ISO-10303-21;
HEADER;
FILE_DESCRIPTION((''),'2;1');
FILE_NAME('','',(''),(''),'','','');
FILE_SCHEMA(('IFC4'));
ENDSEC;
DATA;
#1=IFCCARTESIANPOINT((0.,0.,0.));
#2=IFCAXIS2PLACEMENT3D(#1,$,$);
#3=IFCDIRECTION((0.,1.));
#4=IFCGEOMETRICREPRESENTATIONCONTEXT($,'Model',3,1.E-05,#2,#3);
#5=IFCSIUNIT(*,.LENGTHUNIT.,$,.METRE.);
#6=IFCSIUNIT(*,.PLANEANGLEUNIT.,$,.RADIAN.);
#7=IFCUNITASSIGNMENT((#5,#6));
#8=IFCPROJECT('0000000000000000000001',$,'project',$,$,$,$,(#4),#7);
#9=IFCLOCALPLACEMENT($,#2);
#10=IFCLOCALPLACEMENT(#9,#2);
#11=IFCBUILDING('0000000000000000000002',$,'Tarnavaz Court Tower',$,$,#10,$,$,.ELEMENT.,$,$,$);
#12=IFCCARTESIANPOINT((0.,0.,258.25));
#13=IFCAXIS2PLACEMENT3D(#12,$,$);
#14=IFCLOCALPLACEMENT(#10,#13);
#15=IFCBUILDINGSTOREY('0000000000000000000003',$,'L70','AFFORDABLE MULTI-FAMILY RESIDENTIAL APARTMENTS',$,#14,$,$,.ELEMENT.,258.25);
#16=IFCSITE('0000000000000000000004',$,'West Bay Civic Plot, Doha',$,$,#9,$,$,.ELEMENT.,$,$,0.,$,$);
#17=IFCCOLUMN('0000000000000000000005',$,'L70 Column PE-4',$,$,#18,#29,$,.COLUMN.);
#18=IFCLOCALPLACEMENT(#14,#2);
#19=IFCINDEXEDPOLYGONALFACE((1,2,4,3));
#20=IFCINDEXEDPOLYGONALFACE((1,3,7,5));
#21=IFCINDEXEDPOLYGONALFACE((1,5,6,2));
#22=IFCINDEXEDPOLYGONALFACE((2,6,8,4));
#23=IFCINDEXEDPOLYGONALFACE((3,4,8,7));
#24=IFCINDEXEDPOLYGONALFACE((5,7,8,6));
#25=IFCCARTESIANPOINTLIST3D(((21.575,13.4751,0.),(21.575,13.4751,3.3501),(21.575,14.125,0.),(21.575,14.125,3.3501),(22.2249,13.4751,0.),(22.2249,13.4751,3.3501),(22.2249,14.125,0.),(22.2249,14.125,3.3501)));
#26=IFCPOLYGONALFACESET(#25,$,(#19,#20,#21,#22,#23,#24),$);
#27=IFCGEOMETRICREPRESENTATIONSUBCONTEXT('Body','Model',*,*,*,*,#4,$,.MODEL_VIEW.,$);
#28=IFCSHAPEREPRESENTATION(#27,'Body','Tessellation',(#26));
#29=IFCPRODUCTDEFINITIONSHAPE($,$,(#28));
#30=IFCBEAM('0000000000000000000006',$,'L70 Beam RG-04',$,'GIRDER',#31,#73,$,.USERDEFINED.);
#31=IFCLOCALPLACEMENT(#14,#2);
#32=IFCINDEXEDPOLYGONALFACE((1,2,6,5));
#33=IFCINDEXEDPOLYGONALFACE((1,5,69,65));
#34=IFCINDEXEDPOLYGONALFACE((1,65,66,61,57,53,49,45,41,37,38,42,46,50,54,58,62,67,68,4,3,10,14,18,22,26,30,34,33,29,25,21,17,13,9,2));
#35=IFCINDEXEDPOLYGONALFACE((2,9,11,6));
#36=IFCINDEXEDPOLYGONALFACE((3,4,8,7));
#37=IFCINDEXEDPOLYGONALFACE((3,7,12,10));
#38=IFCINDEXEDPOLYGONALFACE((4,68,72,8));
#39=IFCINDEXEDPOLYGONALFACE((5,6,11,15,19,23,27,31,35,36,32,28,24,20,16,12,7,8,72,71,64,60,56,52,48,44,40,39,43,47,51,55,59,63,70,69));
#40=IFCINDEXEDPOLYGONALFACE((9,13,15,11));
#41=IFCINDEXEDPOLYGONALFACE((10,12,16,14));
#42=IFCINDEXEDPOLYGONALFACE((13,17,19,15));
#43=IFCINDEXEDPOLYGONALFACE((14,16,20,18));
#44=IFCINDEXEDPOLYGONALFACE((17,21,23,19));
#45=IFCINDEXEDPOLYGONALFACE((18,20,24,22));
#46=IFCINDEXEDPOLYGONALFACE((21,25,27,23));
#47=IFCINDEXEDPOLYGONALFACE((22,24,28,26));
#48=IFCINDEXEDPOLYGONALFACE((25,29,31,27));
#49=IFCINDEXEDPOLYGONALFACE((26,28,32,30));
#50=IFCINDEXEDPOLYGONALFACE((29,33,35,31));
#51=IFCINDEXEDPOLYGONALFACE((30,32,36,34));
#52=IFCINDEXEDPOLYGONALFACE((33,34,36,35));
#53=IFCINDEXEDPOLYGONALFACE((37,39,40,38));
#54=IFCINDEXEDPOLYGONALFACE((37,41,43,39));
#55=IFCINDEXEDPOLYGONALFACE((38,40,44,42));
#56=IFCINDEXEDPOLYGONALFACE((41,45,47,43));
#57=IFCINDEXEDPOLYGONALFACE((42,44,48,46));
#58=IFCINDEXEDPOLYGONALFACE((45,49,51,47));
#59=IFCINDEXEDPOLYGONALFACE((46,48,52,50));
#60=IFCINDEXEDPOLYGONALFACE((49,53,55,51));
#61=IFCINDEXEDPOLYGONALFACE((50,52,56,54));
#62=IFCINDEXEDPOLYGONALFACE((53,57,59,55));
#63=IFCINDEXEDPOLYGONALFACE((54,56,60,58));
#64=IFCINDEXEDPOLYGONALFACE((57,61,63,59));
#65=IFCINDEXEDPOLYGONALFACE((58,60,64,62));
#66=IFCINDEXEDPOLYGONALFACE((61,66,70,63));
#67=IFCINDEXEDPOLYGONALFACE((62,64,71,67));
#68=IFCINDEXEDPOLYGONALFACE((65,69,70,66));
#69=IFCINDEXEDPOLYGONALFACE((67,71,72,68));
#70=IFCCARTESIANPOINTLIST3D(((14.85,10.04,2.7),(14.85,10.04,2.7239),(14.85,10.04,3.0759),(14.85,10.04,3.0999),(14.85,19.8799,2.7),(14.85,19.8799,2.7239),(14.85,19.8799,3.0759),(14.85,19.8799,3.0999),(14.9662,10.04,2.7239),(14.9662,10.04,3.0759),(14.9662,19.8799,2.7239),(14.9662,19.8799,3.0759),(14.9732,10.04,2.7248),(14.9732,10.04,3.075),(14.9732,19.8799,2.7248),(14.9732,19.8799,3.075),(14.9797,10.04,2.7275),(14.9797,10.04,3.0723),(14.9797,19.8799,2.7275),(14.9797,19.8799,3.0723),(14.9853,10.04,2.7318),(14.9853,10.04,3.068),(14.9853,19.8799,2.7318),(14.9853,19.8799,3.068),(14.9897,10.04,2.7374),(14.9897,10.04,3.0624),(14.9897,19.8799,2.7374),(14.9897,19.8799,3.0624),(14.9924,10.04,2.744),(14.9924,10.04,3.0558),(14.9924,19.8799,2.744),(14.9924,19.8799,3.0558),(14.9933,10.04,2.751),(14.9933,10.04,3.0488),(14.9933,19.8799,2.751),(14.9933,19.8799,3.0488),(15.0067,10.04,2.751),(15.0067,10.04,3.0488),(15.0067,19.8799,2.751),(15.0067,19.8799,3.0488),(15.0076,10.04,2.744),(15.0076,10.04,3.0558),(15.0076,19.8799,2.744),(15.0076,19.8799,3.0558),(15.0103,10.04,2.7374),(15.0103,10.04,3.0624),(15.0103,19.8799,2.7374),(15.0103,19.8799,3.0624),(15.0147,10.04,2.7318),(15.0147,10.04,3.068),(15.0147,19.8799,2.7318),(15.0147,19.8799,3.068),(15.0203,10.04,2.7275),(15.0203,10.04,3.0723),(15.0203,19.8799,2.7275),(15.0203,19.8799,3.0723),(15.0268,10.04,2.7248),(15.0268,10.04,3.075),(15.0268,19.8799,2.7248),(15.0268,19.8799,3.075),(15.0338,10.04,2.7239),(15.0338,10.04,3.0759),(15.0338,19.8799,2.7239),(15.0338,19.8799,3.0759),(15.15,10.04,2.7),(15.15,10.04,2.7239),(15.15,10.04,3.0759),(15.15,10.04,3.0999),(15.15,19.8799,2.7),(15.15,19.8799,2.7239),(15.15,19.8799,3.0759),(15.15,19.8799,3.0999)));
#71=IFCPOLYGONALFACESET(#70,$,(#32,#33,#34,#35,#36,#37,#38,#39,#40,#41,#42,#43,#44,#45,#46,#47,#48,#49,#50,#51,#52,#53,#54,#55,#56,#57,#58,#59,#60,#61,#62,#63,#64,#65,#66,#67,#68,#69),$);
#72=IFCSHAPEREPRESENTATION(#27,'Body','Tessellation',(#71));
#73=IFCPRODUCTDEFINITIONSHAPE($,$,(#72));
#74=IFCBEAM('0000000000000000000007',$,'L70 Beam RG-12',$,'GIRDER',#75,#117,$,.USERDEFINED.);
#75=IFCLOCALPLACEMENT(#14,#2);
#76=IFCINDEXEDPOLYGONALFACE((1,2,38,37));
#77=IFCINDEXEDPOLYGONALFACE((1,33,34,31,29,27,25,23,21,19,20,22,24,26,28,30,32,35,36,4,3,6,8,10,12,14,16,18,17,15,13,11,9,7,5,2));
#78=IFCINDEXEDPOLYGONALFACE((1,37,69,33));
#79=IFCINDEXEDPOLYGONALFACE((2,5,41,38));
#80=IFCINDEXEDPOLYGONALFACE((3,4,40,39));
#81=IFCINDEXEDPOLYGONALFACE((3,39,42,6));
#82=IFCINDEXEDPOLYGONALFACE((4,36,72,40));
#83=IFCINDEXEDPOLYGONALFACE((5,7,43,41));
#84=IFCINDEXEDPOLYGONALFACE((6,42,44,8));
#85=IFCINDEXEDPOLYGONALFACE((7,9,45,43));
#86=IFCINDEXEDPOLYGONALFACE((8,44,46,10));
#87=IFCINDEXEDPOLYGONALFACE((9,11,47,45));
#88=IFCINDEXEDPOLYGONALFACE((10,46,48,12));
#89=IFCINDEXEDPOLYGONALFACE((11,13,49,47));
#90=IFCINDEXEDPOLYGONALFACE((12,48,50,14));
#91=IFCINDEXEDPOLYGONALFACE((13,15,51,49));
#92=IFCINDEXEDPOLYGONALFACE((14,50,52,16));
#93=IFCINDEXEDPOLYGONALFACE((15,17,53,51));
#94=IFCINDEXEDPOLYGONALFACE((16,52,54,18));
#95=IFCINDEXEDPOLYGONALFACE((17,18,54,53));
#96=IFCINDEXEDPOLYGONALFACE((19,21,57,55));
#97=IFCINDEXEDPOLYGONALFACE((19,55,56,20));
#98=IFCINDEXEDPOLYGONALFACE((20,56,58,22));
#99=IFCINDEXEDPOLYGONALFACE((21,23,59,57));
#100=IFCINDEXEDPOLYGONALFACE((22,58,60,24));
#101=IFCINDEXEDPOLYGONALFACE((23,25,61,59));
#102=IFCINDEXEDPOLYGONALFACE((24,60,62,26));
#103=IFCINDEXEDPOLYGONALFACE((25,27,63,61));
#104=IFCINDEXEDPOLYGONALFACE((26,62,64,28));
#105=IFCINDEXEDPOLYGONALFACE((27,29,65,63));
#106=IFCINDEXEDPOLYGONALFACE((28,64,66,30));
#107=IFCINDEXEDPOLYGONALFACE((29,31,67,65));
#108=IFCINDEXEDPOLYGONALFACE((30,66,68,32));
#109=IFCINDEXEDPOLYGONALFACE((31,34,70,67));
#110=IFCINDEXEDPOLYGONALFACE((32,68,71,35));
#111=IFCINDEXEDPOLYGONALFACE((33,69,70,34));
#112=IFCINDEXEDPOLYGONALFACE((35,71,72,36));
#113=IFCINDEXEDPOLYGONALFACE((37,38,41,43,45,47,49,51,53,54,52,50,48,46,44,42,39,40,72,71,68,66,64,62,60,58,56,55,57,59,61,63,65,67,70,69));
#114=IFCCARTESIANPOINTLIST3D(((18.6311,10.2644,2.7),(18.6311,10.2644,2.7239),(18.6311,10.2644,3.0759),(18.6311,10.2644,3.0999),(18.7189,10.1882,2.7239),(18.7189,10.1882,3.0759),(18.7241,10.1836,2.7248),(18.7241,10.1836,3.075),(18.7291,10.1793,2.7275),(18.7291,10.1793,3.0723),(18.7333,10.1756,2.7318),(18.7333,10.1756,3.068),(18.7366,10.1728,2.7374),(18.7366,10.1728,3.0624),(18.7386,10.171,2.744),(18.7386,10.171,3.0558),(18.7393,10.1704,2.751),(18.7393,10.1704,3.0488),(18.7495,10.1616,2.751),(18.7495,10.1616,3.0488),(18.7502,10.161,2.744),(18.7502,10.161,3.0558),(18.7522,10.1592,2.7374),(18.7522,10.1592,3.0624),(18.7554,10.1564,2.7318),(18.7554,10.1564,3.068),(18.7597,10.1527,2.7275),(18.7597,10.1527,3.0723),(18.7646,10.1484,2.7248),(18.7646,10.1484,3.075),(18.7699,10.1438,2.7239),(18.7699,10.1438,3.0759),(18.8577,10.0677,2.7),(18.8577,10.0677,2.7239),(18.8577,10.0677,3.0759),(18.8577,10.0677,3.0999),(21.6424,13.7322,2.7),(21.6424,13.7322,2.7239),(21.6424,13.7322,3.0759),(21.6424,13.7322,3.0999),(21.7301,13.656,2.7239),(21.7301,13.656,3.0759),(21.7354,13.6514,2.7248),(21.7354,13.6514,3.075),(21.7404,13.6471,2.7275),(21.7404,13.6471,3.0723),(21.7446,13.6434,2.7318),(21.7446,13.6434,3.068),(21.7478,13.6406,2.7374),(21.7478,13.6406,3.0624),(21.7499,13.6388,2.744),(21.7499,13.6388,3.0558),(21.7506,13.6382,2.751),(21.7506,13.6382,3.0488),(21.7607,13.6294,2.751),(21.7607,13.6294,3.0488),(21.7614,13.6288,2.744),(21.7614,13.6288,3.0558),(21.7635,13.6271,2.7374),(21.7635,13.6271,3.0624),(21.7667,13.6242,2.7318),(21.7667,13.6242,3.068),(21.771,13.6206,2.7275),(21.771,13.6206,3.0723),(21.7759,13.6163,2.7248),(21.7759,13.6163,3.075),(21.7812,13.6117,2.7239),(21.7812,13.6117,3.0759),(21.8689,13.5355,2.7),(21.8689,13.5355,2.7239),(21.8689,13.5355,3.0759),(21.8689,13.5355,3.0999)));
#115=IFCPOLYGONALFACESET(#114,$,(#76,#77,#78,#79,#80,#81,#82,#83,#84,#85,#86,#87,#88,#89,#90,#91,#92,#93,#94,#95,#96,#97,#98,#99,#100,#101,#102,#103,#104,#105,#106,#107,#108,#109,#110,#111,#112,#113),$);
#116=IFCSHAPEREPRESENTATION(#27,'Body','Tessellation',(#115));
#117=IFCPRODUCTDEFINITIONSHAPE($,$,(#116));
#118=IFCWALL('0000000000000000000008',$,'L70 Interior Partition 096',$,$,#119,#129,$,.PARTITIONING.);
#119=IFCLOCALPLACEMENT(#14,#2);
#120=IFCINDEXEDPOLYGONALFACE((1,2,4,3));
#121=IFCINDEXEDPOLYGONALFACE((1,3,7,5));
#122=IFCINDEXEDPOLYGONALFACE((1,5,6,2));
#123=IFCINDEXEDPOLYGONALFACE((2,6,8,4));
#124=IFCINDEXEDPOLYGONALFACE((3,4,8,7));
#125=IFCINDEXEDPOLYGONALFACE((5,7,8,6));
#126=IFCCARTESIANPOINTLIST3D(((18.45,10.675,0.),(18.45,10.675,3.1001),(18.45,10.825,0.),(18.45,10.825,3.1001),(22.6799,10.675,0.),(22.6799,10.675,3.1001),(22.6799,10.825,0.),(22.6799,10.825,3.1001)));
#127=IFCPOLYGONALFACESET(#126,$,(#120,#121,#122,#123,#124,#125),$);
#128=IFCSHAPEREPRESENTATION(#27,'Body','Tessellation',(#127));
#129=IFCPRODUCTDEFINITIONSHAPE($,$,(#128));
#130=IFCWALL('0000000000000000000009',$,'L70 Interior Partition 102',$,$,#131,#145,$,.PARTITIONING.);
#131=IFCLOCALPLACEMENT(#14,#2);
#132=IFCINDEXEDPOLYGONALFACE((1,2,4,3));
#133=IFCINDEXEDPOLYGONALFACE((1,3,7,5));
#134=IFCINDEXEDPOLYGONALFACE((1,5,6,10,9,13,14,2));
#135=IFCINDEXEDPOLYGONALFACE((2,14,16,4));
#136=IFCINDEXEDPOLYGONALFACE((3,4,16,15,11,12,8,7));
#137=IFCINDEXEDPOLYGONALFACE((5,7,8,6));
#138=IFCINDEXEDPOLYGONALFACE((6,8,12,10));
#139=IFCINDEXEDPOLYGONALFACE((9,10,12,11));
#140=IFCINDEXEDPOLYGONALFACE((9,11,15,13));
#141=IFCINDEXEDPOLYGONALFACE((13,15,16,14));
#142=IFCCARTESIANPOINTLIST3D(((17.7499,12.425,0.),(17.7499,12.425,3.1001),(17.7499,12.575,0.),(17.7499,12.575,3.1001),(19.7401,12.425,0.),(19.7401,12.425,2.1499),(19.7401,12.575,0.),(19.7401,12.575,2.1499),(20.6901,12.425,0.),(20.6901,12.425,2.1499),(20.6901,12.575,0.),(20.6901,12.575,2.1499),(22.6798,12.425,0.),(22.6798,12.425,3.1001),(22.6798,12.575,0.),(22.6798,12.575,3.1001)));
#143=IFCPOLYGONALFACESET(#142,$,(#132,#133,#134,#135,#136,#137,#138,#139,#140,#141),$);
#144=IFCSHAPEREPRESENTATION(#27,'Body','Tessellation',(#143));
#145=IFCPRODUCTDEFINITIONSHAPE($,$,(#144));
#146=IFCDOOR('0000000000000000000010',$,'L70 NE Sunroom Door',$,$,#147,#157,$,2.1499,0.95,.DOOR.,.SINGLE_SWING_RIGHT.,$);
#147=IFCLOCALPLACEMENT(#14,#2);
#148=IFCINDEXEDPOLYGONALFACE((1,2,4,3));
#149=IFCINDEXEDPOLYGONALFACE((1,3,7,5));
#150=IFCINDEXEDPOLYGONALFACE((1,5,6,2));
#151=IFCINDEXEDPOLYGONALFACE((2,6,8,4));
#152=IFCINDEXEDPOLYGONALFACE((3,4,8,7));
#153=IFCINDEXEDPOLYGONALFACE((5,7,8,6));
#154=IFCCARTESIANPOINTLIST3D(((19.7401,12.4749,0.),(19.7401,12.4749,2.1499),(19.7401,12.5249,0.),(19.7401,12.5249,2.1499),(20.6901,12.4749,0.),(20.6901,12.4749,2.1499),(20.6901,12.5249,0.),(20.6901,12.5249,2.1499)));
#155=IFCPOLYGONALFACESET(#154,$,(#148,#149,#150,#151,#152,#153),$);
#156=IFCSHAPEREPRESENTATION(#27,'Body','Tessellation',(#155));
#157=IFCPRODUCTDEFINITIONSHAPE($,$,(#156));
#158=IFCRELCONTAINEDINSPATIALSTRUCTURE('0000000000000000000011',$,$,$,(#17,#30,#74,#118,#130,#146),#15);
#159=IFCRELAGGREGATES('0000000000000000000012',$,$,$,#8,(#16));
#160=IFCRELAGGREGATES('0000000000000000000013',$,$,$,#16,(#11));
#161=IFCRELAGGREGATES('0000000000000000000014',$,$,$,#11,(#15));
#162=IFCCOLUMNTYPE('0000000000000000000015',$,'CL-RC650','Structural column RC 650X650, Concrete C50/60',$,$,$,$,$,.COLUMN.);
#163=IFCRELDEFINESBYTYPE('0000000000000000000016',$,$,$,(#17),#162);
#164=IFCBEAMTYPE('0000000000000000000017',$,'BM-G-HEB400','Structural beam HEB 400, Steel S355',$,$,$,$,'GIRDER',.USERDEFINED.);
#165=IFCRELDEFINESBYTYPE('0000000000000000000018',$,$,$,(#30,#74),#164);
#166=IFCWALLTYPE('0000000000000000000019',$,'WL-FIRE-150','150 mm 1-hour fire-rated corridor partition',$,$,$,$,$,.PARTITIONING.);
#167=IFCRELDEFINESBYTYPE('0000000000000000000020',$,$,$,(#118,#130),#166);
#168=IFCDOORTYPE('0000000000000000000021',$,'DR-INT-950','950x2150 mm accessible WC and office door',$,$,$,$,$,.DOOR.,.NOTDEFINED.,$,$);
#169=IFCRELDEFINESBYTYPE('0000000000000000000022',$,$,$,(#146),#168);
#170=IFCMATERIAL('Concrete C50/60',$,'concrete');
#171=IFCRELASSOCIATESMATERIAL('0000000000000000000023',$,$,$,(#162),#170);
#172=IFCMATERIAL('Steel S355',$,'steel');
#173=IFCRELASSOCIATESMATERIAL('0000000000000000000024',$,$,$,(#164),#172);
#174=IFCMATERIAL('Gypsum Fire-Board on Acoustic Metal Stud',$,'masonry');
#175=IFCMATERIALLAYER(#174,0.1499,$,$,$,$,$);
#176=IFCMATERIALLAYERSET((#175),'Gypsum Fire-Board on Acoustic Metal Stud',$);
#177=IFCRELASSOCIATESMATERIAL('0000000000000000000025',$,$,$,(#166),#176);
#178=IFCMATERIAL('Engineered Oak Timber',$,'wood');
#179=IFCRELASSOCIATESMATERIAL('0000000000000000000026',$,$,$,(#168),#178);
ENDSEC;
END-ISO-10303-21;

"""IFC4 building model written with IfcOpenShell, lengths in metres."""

from ifc_helpers import new_model, si_unit, direction, frame, frame_2d, origin, origin_2d, place, context, subcontext, project, spatial, rectangle, i_section, extrude, material, layer, layer_set, material_profile, profile_set, type_object, element, fill, save


model = new_model("IFC4")

# Units and contexts
model_context = context("Model", 3, precision=1e-05, world=origin(), true_north=direction((0.0, 1.0)))
body_context = subcontext(model_context, "Body", "Model", "MODEL_VIEW")
ifc_project = project(units=[si_unit("LENGTHUNIT", "METRE"), si_unit("PLANEANGLEUNIT", "RADIAN")], contexts=[model_context])

# Site, building, storey
site_placement = place(None, origin())
site = spatial("IfcSite", under=ifc_project, at=site_placement, Name="West Bay Civic Plot, Doha", CompositionType="ELEMENT", RefElevation=0.0)
building_placement = place(site_placement, origin())
building = spatial("IfcBuilding", under=site, at=building_placement, Name="Tarnavaz Court Tower", CompositionType="ELEMENT")
storey_placement = place(building_placement, frame((0.0, 0.0, 258.25)))
storey = spatial("IfcBuildingStorey", under=building, at=storey_placement, Name="L70", Description="AFFORDABLE MULTI-FAMILY RESIDENTIAL APARTMENTS", CompositionType="ELEMENT", Elevation=258.25)

# Column
ifc_material_1 = material(Name="Concrete C50/60", Category="concrete")
ifc_material_profile_1 = material_profile(ifc_material_1, rectangle(XDim=0.6499, YDim=0.6499, at=origin_2d()), Name="RC 650X650")
ifc_profile_set_1 = profile_set([ifc_material_profile_1], Name="Concrete C50/60")
column_type = type_object("IfcColumnType", Name="CL-RC650", Description="Structural column RC 650X650, Concrete C50/60", PredefinedType="COLUMN", material=ifc_profile_set_1)
column_placement = place(storey_placement, frame((21.8999, 13.8, 0.0), z_axis=(0.0, 0.0, 1.0), x_axis=(1.0, 0.0, 0.0)))
element("IfcColumn", 1, at=column_placement, inside=storey, type_object=column_type, Name="L70 Column PE-4", PredefinedType="COLUMN", context=body_context, shape_type="SweptSolid", body=[
    extrude(rectangle(XDim=0.6499, YDim=0.6499, at=origin_2d()), origin(), (0.0, 0.0, 1.0), 3.3501),
])

# Beams
ifc_material_2 = material(Name="Steel S355", Category="steel")
ifc_material_profile_2 = material_profile(ifc_material_2, i_section(OverallWidth=0.3, OverallDepth=0.3999, WebThickness=0.0134, FlangeThickness=0.0239, FilletRadius=0.0271, at=origin_2d()), Name="HEB 400")
ifc_profile_set_2 = profile_set([ifc_material_profile_2], Name="Steel S355")
beam_type = type_object("IfcBeamType", Name="BM-G-HEB400", Description="Structural beam HEB 400, Steel S355", ElementType="GIRDER", PredefinedType="USERDEFINED", material=ifc_profile_set_2)
beam_1_placement = place(storey_placement, frame((15.0, 10.04, 2.8999), z_axis=(0.0, 1.0, 0.0), x_axis=(-1.0, 0.0, 0.0)))
element("IfcBeam", 2, at=beam_1_placement, inside=storey, type_object=beam_type, Name="L70 Beam RG-04", ObjectType="GIRDER", PredefinedType="USERDEFINED", context=body_context, shape_type="SweptSolid", body=[
    extrude(i_section(OverallWidth=0.3, OverallDepth=0.3999, WebThickness=0.0134, FlangeThickness=0.0239, FilletRadius=0.0271, at=origin_2d()), origin(), (0.0, 0.0, 1.0), 9.8398),
])
beam_2_placement = place(storey_placement, frame((18.7444, 10.166, 2.8999), z_axis=(0.655655, 0.755061, 0.0), x_axis=(-0.755061, 0.655655, 0.0)))
element("IfcBeam", 3, at=beam_2_placement, inside=storey, type_object=beam_type, Name="L70 Beam RG-12", ObjectType="GIRDER", PredefinedType="USERDEFINED", context=body_context, shape_type="SweptSolid", body=[
    extrude(i_section(OverallWidth=0.3, OverallDepth=0.3999, WebThickness=0.0134, FlangeThickness=0.0239, FilletRadius=0.0271, at=origin_2d()), origin(), (0.0, 0.0, 1.0), 4.5928),
])

# Wall
ifc_material_3 = material(Name="Gypsum Fire-Board on Acoustic Metal Stud", Category="masonry")
ifc_layer_1 = layer(ifc_material_3, 0.1499)
ifc_layer_set_1 = layer_set([ifc_layer_1], Name="Gypsum Fire-Board on Acoustic Metal Stud")
wall_type_1 = type_object("IfcWallType", Name="WL-FIRE-150", Description="150 mm 1-hour fire-rated corridor partition", PredefinedType="PARTITIONING", material=ifc_layer_set_1)
wall_1_placement = place(storey_placement, frame((18.45, 10.75, 0.0), z_axis=(0.0, 0.0, 1.0), x_axis=(1.0, 0.0, 0.0)))
element("IfcWall", 4, at=wall_1_placement, inside=storey, type_object=wall_type_1, Name="L70 Interior Partition 096", PredefinedType="PARTITIONING", context=body_context, shape_type="SweptSolid", body=[
    extrude(rectangle(XDim=4.23, YDim=0.1499, at=frame_2d((2.115, 0.0))), origin(), (0.0, 0.0, 1.0), 3.1001),
])

# Wall, opening, door
wall_2_placement = place(storey_placement, frame((17.75, 12.5, 0.0), z_axis=(0.0, 0.0, 1.0), x_axis=(1.0, 0.0, 0.0)))
wall_2 = element("IfcWall", 5, at=wall_2_placement, inside=storey, type_object=wall_type_1, Name="L70 Interior Partition 102", PredefinedType="PARTITIONING", context=body_context, shape_type="SweptSolid", body=[
    extrude(rectangle(XDim=4.9299, YDim=0.1499, at=frame_2d((2.4648, 0.0))), origin(), (0.0, 0.0, 1.0), 3.1001),
])
opening_1_placement = place(wall_2_placement, frame((1.99, 0.0, 0.0)))
opening_1 = element("IfcOpeningElement", 6, at=opening_1_placement, cuts=wall_2, PredefinedType="OPENING", context=body_context, shape_type="SweptSolid", body=[
    extrude(rectangle(XDim=0.95, YDim=2.1499, at=frame_2d((0.4751, 1.075))), frame((0.0, 0.085, 0.0), z_axis=(0.0, -1.0, 0.0), x_axis=(1.0, 0.0, 0.0)), (0.0, 0.0, 1.0), 0.1699),
])
ifc_material_4 = material(Name="Engineered Oak Timber", Category="wood")
door_type_1 = type_object("IfcDoorType", Name="DR-INT-950", Description="950x2150 mm accessible WC and office door", OperationType="NOTDEFINED", PredefinedType="DOOR", material=ifc_material_4)
door_1_placement = place(opening_1_placement, origin())
door_1 = element("IfcDoor", 7, at=door_1_placement, inside=storey, type_object=door_type_1, Name="L70 NE Sunroom Door", OperationType="SINGLE_SWING_RIGHT", OverallHeight=2.1499, OverallWidth=0.95, PredefinedType="DOOR", context=body_context, shape_type="SweptSolid", body=[
    extrude(rectangle(XDim=0.95, YDim=2.1499, at=frame_2d((0.4751, 1.075))), frame((0.0, 0.0249, 0.0), z_axis=(0.0, -1.0, 0.0), x_axis=(1.0, 0.0, 0.0)), (0.0, 0.0, 1.0), 0.05),
])
fill(opening_1, door_1)

save(model, "model.ifc")
